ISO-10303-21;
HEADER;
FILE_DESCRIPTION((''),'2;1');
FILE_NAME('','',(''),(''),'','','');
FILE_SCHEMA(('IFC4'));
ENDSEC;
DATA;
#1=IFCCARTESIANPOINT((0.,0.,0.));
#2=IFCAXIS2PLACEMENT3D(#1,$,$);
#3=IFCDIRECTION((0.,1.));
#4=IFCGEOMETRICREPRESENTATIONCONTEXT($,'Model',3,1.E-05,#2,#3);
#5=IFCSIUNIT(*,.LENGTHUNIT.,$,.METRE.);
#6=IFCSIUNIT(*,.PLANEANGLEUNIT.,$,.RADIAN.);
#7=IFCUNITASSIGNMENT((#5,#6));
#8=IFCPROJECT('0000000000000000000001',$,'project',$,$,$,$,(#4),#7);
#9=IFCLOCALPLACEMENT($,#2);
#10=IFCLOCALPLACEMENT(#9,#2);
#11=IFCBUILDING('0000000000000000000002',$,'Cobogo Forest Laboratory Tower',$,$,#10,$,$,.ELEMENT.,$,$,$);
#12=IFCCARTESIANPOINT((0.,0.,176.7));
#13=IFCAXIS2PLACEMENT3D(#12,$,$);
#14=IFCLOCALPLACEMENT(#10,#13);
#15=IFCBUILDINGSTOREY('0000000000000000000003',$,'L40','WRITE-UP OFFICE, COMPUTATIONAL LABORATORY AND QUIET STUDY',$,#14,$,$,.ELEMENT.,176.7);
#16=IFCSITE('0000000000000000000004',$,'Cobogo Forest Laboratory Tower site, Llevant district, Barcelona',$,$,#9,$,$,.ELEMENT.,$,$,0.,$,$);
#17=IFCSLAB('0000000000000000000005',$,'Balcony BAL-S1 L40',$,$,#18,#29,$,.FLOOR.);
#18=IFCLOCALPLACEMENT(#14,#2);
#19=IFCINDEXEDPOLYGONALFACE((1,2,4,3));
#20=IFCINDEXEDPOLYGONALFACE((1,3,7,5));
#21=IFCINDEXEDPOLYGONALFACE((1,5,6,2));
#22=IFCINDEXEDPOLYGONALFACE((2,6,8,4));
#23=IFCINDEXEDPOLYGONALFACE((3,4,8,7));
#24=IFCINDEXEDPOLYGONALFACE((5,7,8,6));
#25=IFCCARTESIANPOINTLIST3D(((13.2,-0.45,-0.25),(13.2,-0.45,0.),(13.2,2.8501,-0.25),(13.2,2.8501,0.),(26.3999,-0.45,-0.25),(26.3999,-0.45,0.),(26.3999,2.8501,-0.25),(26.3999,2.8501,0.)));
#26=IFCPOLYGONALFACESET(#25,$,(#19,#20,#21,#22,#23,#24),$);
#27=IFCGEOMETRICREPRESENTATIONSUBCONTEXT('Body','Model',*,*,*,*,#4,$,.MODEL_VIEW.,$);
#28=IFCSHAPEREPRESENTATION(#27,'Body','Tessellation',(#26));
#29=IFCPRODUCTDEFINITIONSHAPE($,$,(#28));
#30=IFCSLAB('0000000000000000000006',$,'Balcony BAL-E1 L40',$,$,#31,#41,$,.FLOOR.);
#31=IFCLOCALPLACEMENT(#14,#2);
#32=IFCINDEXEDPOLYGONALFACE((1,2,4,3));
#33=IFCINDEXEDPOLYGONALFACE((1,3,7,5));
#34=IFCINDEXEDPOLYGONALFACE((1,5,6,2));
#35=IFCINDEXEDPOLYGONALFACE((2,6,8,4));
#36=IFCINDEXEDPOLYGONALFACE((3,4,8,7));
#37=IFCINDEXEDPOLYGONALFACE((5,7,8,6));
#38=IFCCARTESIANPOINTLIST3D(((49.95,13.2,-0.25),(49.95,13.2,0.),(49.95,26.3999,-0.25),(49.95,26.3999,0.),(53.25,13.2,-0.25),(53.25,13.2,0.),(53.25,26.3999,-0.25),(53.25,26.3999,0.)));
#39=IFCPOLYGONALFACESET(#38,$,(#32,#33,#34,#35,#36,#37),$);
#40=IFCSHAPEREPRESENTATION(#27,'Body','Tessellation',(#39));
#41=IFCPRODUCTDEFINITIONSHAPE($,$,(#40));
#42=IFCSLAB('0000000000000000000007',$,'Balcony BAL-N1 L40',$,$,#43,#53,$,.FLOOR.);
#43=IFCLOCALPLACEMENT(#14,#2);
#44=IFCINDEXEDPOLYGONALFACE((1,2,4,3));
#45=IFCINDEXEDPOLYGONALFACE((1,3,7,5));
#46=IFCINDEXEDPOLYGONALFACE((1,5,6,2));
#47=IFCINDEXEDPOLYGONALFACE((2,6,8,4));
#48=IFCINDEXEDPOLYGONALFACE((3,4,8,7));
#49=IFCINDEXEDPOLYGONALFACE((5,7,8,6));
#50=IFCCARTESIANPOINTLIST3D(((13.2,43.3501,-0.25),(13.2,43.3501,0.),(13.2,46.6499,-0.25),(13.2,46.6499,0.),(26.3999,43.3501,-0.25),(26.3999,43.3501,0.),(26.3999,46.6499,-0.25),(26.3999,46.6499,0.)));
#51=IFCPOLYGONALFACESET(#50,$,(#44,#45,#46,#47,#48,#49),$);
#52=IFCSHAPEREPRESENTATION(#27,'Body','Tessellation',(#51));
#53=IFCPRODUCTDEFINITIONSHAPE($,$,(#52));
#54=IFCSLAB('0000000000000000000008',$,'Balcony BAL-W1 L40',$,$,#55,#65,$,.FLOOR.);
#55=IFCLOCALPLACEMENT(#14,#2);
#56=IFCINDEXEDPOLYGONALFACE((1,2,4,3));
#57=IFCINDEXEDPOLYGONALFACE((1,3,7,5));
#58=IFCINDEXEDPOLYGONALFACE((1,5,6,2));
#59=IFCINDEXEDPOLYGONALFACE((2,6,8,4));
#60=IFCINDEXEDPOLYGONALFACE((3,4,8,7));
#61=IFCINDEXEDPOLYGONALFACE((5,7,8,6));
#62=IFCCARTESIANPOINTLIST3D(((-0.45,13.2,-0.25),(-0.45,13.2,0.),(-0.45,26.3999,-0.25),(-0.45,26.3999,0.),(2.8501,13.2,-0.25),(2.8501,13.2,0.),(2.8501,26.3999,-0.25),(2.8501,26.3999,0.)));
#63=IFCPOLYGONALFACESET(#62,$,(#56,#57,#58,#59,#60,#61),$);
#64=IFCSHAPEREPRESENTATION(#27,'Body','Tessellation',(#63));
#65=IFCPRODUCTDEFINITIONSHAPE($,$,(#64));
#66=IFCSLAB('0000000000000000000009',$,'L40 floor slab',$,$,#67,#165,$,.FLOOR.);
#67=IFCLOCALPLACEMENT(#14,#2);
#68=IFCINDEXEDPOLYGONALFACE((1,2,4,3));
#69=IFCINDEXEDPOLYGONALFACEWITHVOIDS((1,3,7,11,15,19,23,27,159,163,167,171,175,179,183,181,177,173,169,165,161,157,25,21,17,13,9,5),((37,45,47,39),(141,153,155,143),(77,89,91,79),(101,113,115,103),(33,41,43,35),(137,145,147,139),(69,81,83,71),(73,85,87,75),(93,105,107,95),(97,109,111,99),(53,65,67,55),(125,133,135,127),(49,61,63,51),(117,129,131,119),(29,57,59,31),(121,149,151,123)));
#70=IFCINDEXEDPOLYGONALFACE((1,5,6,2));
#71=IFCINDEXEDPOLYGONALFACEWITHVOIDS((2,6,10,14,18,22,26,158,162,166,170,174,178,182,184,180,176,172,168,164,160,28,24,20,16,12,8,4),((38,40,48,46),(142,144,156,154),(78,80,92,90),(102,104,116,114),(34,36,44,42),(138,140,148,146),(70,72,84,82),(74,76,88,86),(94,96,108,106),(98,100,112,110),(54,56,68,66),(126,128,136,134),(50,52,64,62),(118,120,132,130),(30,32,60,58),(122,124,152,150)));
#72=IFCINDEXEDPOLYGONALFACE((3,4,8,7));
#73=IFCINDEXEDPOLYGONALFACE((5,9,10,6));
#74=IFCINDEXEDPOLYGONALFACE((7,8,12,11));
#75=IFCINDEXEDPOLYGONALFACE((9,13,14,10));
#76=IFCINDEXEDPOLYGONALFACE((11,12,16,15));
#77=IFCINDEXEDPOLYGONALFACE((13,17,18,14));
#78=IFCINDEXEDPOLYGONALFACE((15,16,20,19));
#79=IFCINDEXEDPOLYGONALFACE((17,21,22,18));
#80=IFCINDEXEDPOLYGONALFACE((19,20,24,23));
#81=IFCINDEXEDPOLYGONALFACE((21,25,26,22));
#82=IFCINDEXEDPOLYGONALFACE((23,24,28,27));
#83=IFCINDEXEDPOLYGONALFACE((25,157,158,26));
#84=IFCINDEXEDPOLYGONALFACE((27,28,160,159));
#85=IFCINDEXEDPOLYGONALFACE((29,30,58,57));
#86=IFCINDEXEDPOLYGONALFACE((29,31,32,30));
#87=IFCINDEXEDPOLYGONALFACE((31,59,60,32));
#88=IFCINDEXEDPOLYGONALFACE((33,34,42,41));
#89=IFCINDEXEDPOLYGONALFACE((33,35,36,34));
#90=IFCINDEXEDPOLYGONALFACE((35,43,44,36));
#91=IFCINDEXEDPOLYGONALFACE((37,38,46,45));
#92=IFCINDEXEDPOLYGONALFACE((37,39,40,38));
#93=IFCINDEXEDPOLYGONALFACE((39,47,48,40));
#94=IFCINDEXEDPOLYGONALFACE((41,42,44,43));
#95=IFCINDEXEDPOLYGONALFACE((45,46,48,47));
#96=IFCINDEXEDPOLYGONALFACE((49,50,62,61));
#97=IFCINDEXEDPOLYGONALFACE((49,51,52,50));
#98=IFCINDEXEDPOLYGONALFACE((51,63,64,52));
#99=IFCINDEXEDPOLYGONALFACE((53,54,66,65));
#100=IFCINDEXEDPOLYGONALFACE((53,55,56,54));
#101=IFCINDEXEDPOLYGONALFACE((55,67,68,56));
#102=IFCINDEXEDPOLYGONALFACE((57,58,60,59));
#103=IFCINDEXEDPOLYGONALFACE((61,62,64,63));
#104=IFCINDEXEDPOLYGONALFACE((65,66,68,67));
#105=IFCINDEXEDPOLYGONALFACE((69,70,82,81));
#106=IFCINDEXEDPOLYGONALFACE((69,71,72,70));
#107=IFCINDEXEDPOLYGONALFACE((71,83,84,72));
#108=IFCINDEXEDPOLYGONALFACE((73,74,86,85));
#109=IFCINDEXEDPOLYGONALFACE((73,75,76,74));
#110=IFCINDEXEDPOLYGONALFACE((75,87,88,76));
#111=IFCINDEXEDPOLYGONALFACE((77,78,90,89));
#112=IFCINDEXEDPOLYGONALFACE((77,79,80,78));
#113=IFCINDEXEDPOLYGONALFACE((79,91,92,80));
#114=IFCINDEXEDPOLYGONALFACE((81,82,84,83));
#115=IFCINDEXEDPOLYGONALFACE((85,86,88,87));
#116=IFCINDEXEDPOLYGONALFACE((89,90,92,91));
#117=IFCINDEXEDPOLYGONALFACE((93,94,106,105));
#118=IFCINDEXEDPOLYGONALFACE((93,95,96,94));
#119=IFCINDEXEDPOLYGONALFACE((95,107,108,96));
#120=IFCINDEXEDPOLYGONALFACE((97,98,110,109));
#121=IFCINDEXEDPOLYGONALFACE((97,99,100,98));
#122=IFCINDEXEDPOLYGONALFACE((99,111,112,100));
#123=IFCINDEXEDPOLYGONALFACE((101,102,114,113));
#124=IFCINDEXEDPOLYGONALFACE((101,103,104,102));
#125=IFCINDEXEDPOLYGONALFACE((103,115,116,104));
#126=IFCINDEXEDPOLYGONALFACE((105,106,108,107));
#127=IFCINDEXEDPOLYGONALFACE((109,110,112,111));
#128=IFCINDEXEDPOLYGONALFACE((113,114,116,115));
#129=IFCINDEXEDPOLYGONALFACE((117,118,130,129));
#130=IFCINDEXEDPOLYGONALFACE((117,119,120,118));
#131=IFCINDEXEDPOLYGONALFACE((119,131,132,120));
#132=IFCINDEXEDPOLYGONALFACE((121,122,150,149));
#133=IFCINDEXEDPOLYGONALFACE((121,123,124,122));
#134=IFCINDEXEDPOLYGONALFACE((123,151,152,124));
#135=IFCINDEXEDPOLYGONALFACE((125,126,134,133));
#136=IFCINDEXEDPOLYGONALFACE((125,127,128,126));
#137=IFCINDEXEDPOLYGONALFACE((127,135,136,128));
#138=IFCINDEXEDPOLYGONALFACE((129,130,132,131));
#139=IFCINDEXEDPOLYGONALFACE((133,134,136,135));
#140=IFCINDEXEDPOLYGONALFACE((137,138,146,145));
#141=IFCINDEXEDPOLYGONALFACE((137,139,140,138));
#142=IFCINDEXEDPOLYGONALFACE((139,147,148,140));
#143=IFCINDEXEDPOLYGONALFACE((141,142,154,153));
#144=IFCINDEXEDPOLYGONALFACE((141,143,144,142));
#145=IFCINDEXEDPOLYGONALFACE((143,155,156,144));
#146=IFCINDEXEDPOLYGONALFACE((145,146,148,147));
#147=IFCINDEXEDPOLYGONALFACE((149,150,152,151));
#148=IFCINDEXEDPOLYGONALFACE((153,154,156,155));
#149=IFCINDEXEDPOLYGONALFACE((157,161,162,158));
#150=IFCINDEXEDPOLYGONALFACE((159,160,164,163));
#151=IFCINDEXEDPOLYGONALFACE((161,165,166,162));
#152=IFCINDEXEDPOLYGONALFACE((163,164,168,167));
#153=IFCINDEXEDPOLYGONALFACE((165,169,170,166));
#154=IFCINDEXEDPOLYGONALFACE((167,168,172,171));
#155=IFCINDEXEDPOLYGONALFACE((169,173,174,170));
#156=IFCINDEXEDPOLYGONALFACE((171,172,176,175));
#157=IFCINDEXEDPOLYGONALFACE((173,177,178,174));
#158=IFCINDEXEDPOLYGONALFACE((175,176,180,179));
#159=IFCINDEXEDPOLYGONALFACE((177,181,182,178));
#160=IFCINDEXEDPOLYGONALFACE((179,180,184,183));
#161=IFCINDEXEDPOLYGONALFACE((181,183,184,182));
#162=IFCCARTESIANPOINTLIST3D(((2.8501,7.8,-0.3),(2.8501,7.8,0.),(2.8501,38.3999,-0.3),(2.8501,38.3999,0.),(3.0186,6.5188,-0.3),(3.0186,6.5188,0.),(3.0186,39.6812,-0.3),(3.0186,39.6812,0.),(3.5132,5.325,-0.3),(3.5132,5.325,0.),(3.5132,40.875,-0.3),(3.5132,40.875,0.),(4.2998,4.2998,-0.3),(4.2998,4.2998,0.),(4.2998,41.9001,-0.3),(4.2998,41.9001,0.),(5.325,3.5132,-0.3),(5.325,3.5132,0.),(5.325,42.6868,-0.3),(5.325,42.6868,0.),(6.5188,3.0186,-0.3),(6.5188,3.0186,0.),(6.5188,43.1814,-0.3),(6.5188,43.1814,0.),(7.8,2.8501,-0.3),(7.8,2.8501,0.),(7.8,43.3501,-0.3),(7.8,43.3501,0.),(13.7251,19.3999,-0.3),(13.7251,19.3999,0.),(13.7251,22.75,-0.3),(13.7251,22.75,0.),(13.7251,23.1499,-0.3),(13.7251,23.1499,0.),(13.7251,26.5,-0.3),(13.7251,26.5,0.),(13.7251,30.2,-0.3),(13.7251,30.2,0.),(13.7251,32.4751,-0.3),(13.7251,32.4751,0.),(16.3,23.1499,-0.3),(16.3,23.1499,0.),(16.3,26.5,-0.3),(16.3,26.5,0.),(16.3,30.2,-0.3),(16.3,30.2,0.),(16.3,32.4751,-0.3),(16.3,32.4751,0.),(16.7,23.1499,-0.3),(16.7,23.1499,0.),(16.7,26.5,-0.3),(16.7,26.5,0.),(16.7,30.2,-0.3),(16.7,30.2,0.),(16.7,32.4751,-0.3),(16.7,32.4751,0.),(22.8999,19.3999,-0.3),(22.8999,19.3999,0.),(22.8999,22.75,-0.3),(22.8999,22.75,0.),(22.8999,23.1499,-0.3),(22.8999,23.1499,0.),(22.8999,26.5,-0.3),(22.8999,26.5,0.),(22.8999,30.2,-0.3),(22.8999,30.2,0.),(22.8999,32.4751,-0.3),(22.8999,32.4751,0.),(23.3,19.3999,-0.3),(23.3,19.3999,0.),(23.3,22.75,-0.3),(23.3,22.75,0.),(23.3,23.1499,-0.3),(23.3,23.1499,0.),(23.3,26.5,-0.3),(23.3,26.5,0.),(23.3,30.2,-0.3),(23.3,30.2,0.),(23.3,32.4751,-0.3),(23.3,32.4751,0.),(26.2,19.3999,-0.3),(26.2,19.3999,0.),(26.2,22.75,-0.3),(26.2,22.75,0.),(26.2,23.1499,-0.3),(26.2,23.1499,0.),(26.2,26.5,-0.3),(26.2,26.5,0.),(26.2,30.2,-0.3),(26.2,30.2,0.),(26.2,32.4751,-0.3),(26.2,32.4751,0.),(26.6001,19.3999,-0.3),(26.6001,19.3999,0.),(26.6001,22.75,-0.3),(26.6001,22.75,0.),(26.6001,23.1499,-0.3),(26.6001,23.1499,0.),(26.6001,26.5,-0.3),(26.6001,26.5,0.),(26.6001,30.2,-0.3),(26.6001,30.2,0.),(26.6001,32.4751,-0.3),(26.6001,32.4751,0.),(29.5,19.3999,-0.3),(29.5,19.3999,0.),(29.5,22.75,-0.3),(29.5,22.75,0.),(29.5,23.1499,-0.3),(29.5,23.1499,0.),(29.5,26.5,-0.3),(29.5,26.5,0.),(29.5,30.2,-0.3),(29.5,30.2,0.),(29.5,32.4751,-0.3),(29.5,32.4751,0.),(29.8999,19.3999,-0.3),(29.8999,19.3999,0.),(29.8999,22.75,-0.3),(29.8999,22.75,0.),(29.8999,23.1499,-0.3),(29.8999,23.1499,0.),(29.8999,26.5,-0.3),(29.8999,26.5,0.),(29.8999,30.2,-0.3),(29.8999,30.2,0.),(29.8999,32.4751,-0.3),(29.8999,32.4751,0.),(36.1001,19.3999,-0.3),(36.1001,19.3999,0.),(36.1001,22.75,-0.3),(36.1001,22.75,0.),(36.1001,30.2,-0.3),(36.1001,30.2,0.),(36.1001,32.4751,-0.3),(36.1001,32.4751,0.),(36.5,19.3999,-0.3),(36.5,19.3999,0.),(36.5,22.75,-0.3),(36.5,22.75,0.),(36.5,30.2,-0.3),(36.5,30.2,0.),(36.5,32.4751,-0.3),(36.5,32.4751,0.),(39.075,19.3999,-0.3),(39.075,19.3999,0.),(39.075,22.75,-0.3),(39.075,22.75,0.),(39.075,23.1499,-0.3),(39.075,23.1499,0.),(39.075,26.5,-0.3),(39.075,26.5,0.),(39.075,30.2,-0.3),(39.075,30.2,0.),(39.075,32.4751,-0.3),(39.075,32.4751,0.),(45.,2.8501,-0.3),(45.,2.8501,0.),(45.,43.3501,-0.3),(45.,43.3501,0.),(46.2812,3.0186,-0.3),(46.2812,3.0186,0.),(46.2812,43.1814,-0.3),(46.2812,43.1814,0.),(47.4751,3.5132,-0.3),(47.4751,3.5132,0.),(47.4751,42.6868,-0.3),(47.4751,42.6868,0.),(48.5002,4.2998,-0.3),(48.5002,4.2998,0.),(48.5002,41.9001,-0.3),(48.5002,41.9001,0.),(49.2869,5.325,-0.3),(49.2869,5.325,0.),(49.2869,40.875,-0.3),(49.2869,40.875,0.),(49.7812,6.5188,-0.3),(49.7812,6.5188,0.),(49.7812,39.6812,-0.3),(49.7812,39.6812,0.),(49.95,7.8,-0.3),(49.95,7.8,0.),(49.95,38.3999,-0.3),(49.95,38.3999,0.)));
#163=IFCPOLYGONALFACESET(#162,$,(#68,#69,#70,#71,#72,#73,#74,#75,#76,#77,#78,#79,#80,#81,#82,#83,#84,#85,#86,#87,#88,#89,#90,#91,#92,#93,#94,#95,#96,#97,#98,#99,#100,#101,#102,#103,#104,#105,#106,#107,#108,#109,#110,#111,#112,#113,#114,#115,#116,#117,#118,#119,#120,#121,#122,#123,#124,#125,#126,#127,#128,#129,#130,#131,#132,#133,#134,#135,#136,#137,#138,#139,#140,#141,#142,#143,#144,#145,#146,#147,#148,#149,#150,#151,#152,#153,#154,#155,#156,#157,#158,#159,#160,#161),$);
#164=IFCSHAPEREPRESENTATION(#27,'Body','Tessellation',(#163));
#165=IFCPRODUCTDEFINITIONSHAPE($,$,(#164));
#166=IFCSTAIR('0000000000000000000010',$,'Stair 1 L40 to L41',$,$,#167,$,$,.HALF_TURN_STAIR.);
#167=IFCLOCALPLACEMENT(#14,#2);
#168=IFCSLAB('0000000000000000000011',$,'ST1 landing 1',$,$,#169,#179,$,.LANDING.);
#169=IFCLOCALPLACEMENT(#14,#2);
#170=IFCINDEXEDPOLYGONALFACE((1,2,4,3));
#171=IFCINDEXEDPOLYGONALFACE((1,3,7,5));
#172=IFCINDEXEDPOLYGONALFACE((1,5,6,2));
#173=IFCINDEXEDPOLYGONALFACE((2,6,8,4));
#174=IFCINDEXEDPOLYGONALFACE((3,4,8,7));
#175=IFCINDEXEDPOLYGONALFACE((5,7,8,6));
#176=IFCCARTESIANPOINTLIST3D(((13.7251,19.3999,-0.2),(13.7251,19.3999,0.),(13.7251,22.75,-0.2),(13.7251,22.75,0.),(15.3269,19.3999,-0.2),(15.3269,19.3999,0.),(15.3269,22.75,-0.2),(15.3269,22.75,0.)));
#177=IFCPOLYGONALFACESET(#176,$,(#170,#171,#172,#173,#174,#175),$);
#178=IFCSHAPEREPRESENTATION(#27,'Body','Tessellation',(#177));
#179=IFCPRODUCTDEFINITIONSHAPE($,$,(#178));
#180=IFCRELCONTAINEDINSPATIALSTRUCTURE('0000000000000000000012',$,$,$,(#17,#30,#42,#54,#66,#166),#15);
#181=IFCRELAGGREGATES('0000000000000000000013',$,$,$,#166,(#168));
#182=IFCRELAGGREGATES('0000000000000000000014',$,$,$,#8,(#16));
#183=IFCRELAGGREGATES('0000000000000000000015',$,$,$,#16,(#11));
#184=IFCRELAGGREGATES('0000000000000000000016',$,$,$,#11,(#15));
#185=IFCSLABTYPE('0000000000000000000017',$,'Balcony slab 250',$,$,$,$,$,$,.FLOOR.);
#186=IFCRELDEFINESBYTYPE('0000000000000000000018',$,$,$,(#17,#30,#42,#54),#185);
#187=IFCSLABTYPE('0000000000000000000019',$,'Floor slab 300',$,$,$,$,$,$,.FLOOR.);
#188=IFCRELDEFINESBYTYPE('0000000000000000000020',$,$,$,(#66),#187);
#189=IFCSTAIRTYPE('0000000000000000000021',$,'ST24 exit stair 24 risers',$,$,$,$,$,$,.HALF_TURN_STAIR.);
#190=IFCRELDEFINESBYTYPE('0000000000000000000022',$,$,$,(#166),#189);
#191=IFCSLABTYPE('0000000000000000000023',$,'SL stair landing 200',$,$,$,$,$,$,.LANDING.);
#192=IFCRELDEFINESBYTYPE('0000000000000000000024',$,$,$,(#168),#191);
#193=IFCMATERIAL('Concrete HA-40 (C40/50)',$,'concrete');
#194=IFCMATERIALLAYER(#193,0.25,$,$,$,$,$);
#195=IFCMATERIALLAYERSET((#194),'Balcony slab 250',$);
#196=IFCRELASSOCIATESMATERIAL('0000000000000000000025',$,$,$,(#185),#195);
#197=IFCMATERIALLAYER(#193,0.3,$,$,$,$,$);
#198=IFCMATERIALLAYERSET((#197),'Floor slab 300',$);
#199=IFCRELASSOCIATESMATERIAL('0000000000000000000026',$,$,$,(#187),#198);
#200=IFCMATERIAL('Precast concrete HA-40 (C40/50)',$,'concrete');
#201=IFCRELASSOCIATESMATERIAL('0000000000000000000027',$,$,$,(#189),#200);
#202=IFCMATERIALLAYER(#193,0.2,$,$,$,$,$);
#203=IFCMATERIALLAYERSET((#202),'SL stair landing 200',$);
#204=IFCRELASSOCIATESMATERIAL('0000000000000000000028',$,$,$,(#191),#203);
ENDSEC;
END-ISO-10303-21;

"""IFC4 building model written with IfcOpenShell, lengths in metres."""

from ifc_helpers import new_model, si_unit, direction, frame, origin, place, context, subcontext, project, spatial, polyline, outline, extrude, material, layer, layer_set, type_object, element, aggregate, save


model = new_model("IFC4")

# Units and contexts
model_context = context("Model", 3, precision=1e-05, world=origin(), true_north=direction((0.0, 1.0)))
body_context = subcontext(model_context, "Body", "Model", "MODEL_VIEW")
ifc_project = project(units=[si_unit("LENGTHUNIT", "METRE"), si_unit("PLANEANGLEUNIT", "RADIAN")], contexts=[model_context])

# Site, building, storey
site_placement = place(None, origin())
site = spatial("IfcSite", under=ifc_project, at=site_placement, Name="Cobogo Forest Laboratory Tower site, Llevant district, Barcelona", CompositionType="ELEMENT", RefElevation=0.0)
building_placement = place(site_placement, origin())
building = spatial("IfcBuilding", under=site, at=building_placement, Name="Cobogo Forest Laboratory Tower", CompositionType="ELEMENT")
storey_placement = place(building_placement, frame((0.0, 0.0, 176.7)))
storey = spatial("IfcBuildingStorey", under=building, at=storey_placement, Name="L40", Description="WRITE-UP OFFICE, COMPUTATIONAL LABORATORY AND QUIET STUDY", CompositionType="ELEMENT", Elevation=176.7)

# Slabs
ifc_material_1 = material(Name="Concrete HA-40 (C40/50)", Category="concrete")
ifc_layer_1 = layer(ifc_material_1, 0.25)
ifc_layer_set_1 = layer_set([ifc_layer_1], Name="Balcony slab 250")
slab_type_1 = type_object("IfcSlabType", Name="Balcony slab 250", PredefinedType="FLOOR", material=ifc_layer_set_1)
slab_1_placement = place(storey_placement, frame((0.0, 0.0, -0.25)))
element("IfcSlab", 1, at=slab_1_placement, inside=storey, type_object=slab_type_1, Name="Balcony BAL-S1 L40", PredefinedType="FLOOR", context=body_context, shape_type="SweptSolid", body=[
    extrude(outline(polyline([(13.2, -0.45), (26.3999, -0.45), (26.3999, 2.8501), (13.2, 2.8501), (13.2, -0.45)])), origin(), (0.0, 0.0, 1.0), 0.25),
])
slab_2_placement = place(storey_placement, frame((0.0, 0.0, -0.25)))
element("IfcSlab", 2, at=slab_2_placement, inside=storey, type_object=slab_type_1, Name="Balcony BAL-E1 L40", PredefinedType="FLOOR", context=body_context, shape_type="SweptSolid", body=[
    extrude(outline(polyline([(49.95, 13.2), (53.25, 13.2), (53.25, 26.3999), (49.95, 26.3999), (49.95, 13.2)])), origin(), (0.0, 0.0, 1.0), 0.25),
])
slab_3_placement = place(storey_placement, frame((0.0, 0.0, -0.25)))
element("IfcSlab", 3, at=slab_3_placement, inside=storey, type_object=slab_type_1, Name="Balcony BAL-N1 L40", PredefinedType="FLOOR", context=body_context, shape_type="SweptSolid", body=[
    extrude(outline(polyline([(13.2, 43.3501), (26.3999, 43.3501), (26.3999, 46.6499), (13.2, 46.6499), (13.2, 43.3501)])), origin(), (0.0, 0.0, 1.0), 0.25),
])
slab_4_placement = place(storey_placement, frame((0.0, 0.0, -0.25)))
element("IfcSlab", 4, at=slab_4_placement, inside=storey, type_object=slab_type_1, Name="Balcony BAL-W1 L40", PredefinedType="FLOOR", context=body_context, shape_type="SweptSolid", body=[
    extrude(outline(polyline([(-0.45, 13.2), (2.8501, 13.2), (2.8501, 26.3999), (-0.45, 26.3999), (-0.45, 13.2)])), origin(), (0.0, 0.0, 1.0), 0.25),
])
ifc_layer_2 = layer(ifc_material_1, 0.3)
ifc_layer_set_2 = layer_set([ifc_layer_2], Name="Floor slab 300")
slab_type_2 = type_object("IfcSlabType", Name="Floor slab 300", PredefinedType="FLOOR", material=ifc_layer_set_2)
slab_5_placement = place(storey_placement, frame((0.0, 0.0, -0.3)))
element("IfcSlab", 5, at=slab_5_placement, inside=storey, type_object=slab_type_2, Name="L40 floor slab", PredefinedType="FLOOR", context=body_context, shape_type="SweptSolid", body=[
    extrude(outline(polyline([(45.0, 2.8501), (46.2812, 3.0186), (47.4751, 3.5132), (48.5002, 4.2998), (49.2869, 5.325), (49.7812, 6.5188), (49.95, 7.8), (49.95, 38.3999), (49.7812, 39.6812), (49.2869, 40.875), (48.5002, 41.9001), (47.4751, 42.6868), (46.2812, 43.1814), (45.0, 43.3501), (7.8, 43.3501), (6.5188, 43.1814), (5.325, 42.6868), (4.2998, 41.9001), (3.5132, 40.875), (3.0186, 39.6812), (2.8501, 38.3999), (2.8501, 7.8), (3.0186, 6.5188), (3.5132, 5.325), (4.2998, 4.2998), (5.325, 3.5132), (6.5188, 3.0186), (7.8, 2.8501), (45.0, 2.8501)]), holes=[polyline([(22.8999, 19.3999), (13.7251, 19.3999), (13.7251, 22.75), (22.8999, 22.75), (22.8999, 19.3999)]), polyline([(26.2, 19.3999), (23.3, 19.3999), (23.3, 22.75), (26.2, 22.75), (26.2, 19.3999)]), polyline([(29.5, 19.3999), (26.6001, 19.3999), (26.6001, 22.75), (29.5, 22.75), (29.5, 19.3999)]), polyline([(36.1001, 22.75), (36.1001, 19.3999), (29.8999, 19.3999), (29.8999, 22.75), (36.1001, 22.75)]), polyline([(36.5, 19.3999), (36.5, 22.75), (39.075, 22.75), (39.075, 19.3999), (36.5, 19.3999)]), polyline([(16.3, 23.1499), (13.7251, 23.1499), (13.7251, 26.5), (16.3, 26.5), (16.3, 23.1499)]), polyline([(22.8999, 26.5), (22.8999, 23.1499), (16.7, 23.1499), (16.7, 26.5), (22.8999, 26.5)]), polyline([(26.2, 23.1499), (23.3, 23.1499), (23.3, 26.5), (26.2, 26.5), (26.2, 23.1499)]), polyline([(26.6001, 23.1499), (26.6001, 26.5), (29.5, 26.5), (29.5, 23.1499), (26.6001, 23.1499)]), polyline([(39.075, 23.1499), (29.8999, 23.1499), (29.8999, 26.5), (39.075, 26.5), (39.075, 23.1499)]), polyline([(16.3, 30.2), (13.7251, 30.2), (13.7251, 32.4751), (16.3, 32.4751), (16.3, 30.2)]), polyline([(22.8999, 32.4751), (22.8999, 30.2), (16.7, 30.2), (16.7, 32.4751), (22.8999, 32.4751)]), polyline([(23.3, 30.2), (23.3, 32.4751), (26.2, 32.4751), (26.2, 30.2), (23.3, 30.2)]), polyline([(29.5, 30.2), (26.6001, 30.2), (26.6001, 32.4751), (29.5, 32.4751), (29.5, 30.2)]), polyline([(36.1001, 32.4751), (36.1001, 30.2), (29.8999, 30.2), (29.8999, 32.4751), (36.1001, 32.4751)]), polyline([(36.5, 30.2), (36.5, 32.4751), (39.075, 32.4751), (39.075, 30.2), (36.5, 30.2)])]), origin(), (0.0, 0.0, 1.0), 0.3),
])

# Stair, slab
ifc_material_2 = material(Name="Precast concrete HA-40 (C40/50)", Category="concrete")
stair_type = type_object("IfcStairType", Name="ST24 exit stair 24 risers", PredefinedType="HALF_TURN_STAIR", material=ifc_material_2)
stair_1_placement = place(storey_placement, origin())
stair_1 = element("IfcStair", 6, at=stair_1_placement, inside=storey, type_object=stair_type, Name="Stair 1 L40 to L41", PredefinedType="HALF_TURN_STAIR")
ifc_layer_3 = layer(ifc_material_1, 0.2)
ifc_layer_set_3 = layer_set([ifc_layer_3], Name="SL stair landing 200")
slab_type_3 = type_object("IfcSlabType", Name="SL stair landing 200", PredefinedType="LANDING", material=ifc_layer_set_3)
slab_6_placement = place(storey_placement, frame((0.0, 0.0, -0.2)))
slab_6 = element("IfcSlab", 7, at=slab_6_placement, type_object=slab_type_3, Name="ST1 landing 1", PredefinedType="LANDING", context=body_context, shape_type="SweptSolid", body=[
    extrude(outline(polyline([(13.7251, 19.3999), (15.3269, 19.3999), (15.3269, 22.75), (13.7251, 22.75), (13.7251, 19.3999)])), origin(), (0.0, 0.0, 1.0), 0.2),
])
aggregate(stair_1, [slab_6])

save(model, "model.ifc")
